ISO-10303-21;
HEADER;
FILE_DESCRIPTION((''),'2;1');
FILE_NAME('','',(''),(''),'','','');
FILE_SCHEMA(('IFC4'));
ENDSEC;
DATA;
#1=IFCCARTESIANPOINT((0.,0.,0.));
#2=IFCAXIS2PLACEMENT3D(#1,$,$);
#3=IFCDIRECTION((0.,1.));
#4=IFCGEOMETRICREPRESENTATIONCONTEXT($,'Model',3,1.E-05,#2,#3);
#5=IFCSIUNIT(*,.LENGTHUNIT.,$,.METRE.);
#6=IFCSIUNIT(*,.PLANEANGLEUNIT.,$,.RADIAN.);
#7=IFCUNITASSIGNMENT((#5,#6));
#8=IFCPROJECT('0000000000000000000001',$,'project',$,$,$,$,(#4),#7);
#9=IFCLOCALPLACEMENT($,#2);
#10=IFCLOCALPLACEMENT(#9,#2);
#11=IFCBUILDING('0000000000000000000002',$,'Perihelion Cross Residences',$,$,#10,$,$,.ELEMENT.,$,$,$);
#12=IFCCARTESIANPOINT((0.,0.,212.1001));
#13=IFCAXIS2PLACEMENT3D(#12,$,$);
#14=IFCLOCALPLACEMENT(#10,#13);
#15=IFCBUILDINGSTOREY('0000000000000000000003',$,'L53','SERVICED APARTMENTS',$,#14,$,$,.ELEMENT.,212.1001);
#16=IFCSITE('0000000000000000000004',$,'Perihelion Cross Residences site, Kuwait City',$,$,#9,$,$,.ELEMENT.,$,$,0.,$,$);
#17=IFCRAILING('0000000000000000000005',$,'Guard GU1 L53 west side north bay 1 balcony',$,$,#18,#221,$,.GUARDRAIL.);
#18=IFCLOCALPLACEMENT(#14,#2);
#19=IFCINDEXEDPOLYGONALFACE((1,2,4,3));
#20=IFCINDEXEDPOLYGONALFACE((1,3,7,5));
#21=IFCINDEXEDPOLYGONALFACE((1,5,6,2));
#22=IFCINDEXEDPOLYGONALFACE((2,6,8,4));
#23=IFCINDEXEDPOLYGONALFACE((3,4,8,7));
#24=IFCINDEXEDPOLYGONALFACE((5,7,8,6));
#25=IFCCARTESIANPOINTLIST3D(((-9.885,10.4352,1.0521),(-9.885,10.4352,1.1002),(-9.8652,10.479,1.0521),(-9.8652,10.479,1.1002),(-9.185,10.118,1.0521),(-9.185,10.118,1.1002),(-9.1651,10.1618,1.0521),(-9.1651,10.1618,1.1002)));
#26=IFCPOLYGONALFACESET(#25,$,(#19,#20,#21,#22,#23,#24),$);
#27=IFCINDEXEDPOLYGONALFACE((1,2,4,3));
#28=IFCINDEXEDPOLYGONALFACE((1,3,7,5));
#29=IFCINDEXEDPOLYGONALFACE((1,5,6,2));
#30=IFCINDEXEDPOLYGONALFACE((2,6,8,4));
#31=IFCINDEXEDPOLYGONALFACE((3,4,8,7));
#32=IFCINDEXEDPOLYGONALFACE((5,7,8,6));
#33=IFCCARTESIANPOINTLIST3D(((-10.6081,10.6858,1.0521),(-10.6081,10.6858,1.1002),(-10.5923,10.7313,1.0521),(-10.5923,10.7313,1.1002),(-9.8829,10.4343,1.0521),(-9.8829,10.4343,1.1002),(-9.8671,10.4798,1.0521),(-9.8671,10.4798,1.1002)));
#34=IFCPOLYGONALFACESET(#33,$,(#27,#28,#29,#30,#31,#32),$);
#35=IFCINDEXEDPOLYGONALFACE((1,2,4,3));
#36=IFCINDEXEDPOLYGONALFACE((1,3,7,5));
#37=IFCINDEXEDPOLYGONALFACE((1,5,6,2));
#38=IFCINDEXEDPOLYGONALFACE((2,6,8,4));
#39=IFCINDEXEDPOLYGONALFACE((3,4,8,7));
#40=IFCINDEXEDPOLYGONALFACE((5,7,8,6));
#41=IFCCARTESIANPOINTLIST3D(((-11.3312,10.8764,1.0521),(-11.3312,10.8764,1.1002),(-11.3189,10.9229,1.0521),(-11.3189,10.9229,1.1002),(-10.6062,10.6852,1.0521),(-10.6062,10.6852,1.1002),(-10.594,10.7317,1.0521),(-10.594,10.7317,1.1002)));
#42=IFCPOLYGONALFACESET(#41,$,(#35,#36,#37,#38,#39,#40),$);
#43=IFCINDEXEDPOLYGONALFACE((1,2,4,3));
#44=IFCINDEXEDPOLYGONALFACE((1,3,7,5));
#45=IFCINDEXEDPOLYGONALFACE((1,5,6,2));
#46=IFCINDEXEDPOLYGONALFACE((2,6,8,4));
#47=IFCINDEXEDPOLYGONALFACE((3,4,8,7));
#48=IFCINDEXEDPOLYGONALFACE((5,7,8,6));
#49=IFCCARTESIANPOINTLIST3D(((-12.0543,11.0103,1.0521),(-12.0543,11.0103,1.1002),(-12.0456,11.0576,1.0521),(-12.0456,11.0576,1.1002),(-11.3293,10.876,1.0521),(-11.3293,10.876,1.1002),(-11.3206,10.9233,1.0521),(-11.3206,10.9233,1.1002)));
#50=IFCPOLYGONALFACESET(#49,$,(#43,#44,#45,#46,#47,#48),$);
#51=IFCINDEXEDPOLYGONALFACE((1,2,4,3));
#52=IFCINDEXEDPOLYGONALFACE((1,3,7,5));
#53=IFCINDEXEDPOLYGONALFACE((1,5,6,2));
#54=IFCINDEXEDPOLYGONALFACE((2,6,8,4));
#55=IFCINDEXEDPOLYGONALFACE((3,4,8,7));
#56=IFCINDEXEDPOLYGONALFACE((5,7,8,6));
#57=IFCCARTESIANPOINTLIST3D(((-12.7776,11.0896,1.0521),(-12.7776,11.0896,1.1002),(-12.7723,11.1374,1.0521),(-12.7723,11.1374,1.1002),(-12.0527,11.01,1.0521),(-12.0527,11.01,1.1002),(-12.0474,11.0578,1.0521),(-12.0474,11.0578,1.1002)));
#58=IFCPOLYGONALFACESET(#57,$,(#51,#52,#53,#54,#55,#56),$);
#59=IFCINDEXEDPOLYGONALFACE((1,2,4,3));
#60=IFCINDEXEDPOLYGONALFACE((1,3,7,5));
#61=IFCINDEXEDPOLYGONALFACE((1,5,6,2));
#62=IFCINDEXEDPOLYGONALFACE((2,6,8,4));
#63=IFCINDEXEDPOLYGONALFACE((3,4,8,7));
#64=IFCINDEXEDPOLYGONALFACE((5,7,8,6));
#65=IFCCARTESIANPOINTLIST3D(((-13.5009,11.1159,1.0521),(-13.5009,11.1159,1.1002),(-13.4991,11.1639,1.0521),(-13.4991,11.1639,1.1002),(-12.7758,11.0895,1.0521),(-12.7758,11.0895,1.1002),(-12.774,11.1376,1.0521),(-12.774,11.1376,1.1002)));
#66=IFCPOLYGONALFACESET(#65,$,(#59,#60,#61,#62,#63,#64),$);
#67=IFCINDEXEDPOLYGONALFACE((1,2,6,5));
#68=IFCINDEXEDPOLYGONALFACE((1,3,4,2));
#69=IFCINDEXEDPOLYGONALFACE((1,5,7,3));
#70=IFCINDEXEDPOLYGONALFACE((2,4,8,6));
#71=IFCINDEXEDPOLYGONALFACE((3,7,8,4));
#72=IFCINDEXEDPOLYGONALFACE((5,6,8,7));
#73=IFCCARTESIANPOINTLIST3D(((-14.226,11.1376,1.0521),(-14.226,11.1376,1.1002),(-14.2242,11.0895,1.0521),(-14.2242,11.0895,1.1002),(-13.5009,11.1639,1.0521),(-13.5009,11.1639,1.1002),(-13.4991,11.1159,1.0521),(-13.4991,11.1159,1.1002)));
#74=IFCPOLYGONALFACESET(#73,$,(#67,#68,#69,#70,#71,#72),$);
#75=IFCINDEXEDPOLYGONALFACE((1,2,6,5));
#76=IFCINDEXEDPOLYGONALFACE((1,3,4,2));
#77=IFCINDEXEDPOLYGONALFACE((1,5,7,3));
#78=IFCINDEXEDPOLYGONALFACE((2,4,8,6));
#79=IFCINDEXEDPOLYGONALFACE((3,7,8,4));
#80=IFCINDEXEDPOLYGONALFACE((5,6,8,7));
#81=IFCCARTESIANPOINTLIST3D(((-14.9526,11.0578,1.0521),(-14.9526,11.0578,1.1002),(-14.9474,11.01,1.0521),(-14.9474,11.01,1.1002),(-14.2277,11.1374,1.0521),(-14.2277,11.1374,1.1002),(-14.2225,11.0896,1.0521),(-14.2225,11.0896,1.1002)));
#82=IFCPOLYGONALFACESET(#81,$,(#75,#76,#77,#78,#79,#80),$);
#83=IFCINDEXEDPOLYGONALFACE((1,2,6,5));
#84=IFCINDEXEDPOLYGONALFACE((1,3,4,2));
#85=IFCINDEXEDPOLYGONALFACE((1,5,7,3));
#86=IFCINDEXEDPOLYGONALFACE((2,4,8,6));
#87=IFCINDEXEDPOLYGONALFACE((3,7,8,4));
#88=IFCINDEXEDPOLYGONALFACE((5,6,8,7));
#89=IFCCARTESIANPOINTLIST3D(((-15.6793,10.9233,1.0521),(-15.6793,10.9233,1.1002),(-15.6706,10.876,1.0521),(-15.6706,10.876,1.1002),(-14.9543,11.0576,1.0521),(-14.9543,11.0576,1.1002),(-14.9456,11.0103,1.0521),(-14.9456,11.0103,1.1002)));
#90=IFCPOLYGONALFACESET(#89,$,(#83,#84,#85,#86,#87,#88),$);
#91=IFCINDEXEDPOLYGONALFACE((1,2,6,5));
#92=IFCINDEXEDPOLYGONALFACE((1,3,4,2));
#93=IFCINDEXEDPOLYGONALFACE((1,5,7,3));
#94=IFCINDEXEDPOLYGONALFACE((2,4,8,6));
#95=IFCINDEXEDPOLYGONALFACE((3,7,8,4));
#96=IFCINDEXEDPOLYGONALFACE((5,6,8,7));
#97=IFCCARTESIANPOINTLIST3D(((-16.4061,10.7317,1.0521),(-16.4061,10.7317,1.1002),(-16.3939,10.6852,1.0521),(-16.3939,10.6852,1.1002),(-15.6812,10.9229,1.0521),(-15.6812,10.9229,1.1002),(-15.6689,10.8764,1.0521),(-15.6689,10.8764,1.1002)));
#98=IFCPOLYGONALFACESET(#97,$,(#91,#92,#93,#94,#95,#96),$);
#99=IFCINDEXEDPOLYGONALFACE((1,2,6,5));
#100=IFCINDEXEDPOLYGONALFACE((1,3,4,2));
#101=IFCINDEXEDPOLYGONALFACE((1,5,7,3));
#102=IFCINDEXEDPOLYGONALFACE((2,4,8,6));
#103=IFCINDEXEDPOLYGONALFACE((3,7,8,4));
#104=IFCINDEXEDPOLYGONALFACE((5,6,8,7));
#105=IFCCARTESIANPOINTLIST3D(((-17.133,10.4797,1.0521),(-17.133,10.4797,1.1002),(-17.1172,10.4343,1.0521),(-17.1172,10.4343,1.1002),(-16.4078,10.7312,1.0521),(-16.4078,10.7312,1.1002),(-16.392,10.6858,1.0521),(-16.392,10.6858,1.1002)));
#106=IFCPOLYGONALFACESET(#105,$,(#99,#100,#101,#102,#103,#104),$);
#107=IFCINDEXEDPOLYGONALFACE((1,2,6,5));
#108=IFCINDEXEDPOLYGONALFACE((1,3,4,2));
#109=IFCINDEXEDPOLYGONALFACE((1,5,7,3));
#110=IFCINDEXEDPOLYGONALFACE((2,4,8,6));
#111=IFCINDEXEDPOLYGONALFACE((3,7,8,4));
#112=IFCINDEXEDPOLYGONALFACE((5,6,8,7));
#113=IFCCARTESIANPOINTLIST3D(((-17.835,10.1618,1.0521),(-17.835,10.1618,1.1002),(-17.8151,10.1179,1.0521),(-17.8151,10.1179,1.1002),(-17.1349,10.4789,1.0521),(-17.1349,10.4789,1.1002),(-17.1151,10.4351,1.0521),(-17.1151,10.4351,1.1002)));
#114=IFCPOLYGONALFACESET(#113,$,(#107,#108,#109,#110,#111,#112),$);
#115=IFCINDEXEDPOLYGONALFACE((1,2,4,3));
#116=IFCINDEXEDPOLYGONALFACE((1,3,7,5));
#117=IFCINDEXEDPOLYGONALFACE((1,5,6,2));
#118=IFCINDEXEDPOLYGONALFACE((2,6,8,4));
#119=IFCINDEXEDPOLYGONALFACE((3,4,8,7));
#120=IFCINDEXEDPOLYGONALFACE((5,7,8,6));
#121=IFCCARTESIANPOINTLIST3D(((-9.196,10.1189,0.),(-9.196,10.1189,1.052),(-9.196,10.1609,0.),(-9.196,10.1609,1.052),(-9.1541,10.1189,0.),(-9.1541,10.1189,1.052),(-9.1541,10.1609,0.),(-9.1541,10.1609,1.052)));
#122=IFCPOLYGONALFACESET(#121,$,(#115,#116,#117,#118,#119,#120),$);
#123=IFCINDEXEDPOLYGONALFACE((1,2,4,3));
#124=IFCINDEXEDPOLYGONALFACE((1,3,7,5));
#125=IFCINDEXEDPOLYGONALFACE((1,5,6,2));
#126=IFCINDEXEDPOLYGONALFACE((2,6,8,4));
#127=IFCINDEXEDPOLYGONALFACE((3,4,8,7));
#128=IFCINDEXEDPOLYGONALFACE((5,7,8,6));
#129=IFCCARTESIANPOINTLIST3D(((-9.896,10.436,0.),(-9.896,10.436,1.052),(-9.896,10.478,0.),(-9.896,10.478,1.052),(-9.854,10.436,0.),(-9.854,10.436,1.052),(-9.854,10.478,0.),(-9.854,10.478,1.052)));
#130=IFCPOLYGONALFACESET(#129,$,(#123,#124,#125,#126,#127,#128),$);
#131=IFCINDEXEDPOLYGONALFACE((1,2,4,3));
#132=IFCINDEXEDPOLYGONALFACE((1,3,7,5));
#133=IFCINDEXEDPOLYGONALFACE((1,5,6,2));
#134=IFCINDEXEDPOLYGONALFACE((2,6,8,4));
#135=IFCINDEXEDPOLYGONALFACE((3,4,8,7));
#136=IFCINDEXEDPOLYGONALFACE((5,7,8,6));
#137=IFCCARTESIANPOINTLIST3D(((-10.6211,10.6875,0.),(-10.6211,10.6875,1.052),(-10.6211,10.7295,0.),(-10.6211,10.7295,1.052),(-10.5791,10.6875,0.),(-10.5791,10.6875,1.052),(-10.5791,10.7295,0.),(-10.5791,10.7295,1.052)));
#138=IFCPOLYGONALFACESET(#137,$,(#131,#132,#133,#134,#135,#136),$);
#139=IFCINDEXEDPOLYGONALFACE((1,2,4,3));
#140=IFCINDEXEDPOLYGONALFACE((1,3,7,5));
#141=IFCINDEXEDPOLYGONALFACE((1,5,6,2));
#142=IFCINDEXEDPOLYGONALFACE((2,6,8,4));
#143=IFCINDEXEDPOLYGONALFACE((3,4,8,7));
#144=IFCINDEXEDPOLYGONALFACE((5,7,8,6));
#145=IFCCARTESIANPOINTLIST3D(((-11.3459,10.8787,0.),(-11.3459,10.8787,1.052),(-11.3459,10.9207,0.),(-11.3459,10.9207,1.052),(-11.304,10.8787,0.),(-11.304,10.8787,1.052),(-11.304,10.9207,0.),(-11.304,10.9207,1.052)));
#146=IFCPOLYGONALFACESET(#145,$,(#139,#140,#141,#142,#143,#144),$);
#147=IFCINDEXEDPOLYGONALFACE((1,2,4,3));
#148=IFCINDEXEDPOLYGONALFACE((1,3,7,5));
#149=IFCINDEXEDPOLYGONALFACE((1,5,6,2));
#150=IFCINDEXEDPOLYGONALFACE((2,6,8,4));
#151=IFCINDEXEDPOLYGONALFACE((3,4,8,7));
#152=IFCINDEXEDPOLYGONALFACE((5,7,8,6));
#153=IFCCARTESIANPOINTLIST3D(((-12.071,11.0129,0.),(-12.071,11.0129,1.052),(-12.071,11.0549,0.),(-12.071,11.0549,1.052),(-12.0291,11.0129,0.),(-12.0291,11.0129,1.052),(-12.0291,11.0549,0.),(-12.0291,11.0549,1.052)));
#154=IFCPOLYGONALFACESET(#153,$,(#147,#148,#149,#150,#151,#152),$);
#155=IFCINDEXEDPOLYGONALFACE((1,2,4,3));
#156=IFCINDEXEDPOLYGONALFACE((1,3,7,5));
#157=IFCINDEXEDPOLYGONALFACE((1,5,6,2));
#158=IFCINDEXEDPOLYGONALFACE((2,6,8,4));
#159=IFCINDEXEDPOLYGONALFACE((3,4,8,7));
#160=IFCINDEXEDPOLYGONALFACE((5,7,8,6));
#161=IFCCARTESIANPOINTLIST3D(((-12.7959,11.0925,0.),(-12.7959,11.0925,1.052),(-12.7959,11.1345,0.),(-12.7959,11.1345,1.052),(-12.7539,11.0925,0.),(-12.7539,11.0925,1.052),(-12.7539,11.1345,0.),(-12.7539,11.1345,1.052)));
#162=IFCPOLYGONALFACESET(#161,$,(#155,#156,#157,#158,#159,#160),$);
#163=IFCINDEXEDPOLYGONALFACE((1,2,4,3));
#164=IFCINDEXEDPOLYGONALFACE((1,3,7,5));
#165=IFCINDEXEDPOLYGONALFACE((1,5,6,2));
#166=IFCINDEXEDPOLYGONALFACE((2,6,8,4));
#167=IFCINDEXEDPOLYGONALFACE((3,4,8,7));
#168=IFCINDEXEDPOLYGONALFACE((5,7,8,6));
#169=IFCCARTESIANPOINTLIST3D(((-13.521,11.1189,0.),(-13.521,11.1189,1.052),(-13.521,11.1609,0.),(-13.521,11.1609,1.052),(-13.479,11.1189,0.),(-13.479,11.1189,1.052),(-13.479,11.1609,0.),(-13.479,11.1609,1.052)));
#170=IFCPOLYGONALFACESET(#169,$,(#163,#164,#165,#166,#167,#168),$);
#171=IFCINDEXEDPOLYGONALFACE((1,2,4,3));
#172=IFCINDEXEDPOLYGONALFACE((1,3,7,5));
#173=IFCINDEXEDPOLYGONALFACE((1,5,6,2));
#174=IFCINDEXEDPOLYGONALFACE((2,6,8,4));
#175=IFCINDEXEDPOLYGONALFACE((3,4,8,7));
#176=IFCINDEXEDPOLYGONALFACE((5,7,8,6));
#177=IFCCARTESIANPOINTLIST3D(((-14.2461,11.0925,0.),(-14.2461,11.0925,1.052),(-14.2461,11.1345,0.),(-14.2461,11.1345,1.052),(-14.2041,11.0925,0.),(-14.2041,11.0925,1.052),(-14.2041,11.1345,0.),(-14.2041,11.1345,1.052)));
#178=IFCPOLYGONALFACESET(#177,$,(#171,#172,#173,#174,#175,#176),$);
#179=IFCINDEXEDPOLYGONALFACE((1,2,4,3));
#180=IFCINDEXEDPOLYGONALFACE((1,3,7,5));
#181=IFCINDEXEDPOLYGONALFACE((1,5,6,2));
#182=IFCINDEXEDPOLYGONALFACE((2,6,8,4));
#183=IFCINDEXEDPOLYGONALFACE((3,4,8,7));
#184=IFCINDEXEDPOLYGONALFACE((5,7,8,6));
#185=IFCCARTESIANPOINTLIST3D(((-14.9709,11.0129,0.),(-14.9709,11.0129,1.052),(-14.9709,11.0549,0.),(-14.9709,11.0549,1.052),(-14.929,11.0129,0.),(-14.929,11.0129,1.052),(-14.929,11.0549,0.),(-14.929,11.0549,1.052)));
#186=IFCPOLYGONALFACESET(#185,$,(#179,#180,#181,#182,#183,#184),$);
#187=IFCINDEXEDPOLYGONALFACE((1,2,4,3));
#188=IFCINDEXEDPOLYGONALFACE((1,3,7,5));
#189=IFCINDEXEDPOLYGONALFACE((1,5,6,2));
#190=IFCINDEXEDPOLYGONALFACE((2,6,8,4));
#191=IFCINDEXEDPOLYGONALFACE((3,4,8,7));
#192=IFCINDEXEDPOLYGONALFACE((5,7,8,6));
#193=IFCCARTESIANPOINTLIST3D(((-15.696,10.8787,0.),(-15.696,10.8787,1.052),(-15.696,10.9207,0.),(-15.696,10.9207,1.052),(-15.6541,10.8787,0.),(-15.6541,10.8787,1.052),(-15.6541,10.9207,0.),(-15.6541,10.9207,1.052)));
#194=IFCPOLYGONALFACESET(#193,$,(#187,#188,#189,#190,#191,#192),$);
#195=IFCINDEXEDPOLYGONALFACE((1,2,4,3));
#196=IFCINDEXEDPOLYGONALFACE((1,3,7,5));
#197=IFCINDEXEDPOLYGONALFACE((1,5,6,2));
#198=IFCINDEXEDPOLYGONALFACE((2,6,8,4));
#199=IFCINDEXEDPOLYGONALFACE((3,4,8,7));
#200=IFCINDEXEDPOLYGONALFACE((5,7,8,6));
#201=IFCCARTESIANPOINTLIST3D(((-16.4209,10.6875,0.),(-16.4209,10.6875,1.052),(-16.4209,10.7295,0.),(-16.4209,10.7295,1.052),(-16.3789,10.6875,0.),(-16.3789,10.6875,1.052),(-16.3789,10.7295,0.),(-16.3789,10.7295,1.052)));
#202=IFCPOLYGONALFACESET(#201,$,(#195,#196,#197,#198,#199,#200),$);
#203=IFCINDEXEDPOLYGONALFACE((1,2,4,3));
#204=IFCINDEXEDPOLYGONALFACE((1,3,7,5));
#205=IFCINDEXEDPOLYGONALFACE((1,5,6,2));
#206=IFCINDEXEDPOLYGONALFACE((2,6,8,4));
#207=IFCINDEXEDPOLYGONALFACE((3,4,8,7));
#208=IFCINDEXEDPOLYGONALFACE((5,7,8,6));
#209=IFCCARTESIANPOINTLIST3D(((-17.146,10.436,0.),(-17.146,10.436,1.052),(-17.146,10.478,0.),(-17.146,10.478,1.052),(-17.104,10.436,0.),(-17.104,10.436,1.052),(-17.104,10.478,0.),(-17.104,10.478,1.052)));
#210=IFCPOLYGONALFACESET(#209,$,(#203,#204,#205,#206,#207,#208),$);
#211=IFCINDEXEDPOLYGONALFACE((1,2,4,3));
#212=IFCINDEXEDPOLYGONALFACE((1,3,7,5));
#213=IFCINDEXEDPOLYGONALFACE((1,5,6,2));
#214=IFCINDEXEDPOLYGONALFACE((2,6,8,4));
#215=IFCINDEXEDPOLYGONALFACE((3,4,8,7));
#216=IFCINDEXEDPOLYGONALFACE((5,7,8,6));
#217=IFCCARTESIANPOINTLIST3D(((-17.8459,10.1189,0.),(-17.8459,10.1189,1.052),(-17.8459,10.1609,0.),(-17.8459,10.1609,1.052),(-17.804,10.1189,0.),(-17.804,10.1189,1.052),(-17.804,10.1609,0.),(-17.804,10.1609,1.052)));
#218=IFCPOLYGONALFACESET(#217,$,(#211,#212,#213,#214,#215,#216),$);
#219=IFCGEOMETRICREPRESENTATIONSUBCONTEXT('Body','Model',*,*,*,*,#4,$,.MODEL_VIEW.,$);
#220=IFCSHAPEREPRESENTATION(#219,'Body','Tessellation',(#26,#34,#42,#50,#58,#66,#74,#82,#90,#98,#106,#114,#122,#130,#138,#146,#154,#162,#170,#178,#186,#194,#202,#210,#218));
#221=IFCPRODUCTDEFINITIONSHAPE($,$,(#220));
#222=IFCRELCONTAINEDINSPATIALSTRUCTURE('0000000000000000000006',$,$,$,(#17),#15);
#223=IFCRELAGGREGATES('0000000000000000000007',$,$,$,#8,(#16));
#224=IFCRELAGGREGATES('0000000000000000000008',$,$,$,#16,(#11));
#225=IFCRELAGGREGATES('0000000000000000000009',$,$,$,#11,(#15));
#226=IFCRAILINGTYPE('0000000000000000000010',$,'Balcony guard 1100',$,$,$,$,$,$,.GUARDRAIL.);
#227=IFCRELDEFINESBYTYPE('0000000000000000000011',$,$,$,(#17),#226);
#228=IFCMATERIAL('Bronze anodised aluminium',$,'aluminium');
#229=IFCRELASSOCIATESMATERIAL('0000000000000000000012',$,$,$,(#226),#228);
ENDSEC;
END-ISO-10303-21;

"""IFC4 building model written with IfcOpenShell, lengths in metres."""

from ifc_helpers import new_model, si_unit, direction, frame, origin, origin_2d, place, context, subcontext, project, spatial, rectangle, extrude, material, type_object, element, save


model = new_model("IFC4")

# Units and contexts
model_context = context("Model", 3, precision=1e-05, world=origin(), true_north=direction((0.0, 1.0)))
body_context = subcontext(model_context, "Body", "Model", "MODEL_VIEW")
ifc_project = project(units=[si_unit("LENGTHUNIT", "METRE"), si_unit("PLANEANGLEUNIT", "RADIAN")], contexts=[model_context])

# Site, building, storey
site_placement = place(None, origin())
site = spatial("IfcSite", under=ifc_project, at=site_placement, Name="Perihelion Cross Residences site, Kuwait City", CompositionType="ELEMENT", RefElevation=0.0)
building_placement = place(site_placement, origin())
building = spatial("IfcBuilding", under=site, at=building_placement, Name="Perihelion Cross Residences", CompositionType="ELEMENT")
storey_placement = place(building_placement, frame((0.0, 0.0, 212.1001)))
storey = spatial("IfcBuildingStorey", under=building, at=storey_placement, Name="L53", Description="SERVICED APARTMENTS", CompositionType="ELEMENT", Elevation=212.1001)

# Railing
ifc_material_1 = material(Name="Bronze anodised aluminium", Category="aluminium")
railing_type = type_object("IfcRailingType", Name="Balcony guard 1100", PredefinedType="GUARDRAIL", material=ifc_material_1)
railing_1_placement = place(storey_placement, frame((-9.175, 10.1399, 0.0)))
element("IfcRailing", 1, at=railing_1_placement, inside=storey, type_object=railing_type, Name="Guard GU1 L53 west side north bay 1 balcony", PredefinedType="GUARDRAIL", context=body_context, shape_type="SweptSolid", body=[
    extrude(rectangle(XDim=0.0481, YDim=0.0481, at=origin_2d()), frame((0.0, 0.0, 1.0762), z_axis=(-0.910866, 0.412702, 0.0), x_axis=(-0.412702, -0.910866, 0.0)), (0.0, 0.0, 1.0), 0.7686),
    extrude(rectangle(XDim=0.0481, YDim=0.0481, at=origin_2d()), frame((-0.7, 0.3171, 1.0762), z_axis=(-0.944797, 0.327657, 0.0), x_axis=(-0.327657, -0.944797, 0.0)), (0.0, 0.0, 1.0), 0.7676),
    extrude(rectangle(XDim=0.0481, YDim=0.0481, at=origin_2d()), frame((-1.425, 0.5686, 1.0762), z_axis=(-0.966939, 0.255006, 0.0), x_axis=(-0.255006, -0.966939, 0.0)), (0.0, 0.0, 1.0), 0.7498),
    extrude(rectangle(XDim=0.0481, YDim=0.0481, at=origin_2d()), frame((-2.1499, 0.7598, 1.0762), z_axis=(-0.983282, 0.182089, 0.0), x_axis=(-0.182089, -0.983282, 0.0)), (0.0, 0.0, 1.0), 0.7373),
    extrude(rectangle(XDim=0.0481, YDim=0.0481, at=origin_2d()), frame((-2.875, 0.894, 1.0762), z_axis=(-0.994026, 0.109145, 0.0), x_axis=(-0.109145, -0.994026, 0.0)), (0.0, 0.0, 1.0), 0.7292),
    extrude(rectangle(XDim=0.0481, YDim=0.0481, at=origin_2d()), frame((-3.5999, 0.9736, 1.0762), z_axis=(-0.999339, 0.03634, 0.0), x_axis=(-0.03634, -0.999339, 0.0)), (0.0, 0.0, 1.0), 0.7256),
    extrude(rectangle(XDim=0.0481, YDim=0.0481, at=origin_2d()), frame((-4.325, 1.0, 1.0762), z_axis=(-0.999339, -0.03634, 0.0), x_axis=(0.03634, -0.999339, 0.0)), (0.0, 0.0, 1.0), 0.7256),
    extrude(rectangle(XDim=0.0481, YDim=0.0481, at=origin_2d()), frame((-5.05, 0.9736, 1.0762), z_axis=(-0.994026, -0.109145, 0.0), x_axis=(0.109145, -0.994026, 0.0)), (0.0, 0.0, 1.0), 0.7292),
    extrude(rectangle(XDim=0.0481, YDim=0.0481, at=origin_2d()), frame((-5.7749, 0.894, 1.0762), z_axis=(-0.983282, -0.182089, 0.0), x_axis=(0.182089, -0.983282, 0.0)), (0.0, 0.0, 1.0), 0.7373),
    extrude(rectangle(XDim=0.0481, YDim=0.0481, at=origin_2d()), frame((-6.5, 0.7598, 1.0762), z_axis=(-0.966939, -0.255006, 0.0), x_axis=(0.255006, -0.966939, 0.0)), (0.0, 0.0, 1.0), 0.7498),
    extrude(rectangle(XDim=0.0481, YDim=0.0481, at=origin_2d()), frame((-7.2249, 0.5686, 1.0762), z_axis=(-0.944797, -0.327657, 0.0), x_axis=(0.327657, -0.944797, 0.0)), (0.0, 0.0, 1.0), 0.7676),
    extrude(rectangle(XDim=0.0481, YDim=0.0481, at=origin_2d()), frame((-7.95, 0.3171, 1.0762), z_axis=(-0.910866, -0.412702, 0.0), x_axis=(0.412702, -0.910866, 0.0)), (0.0, 0.0, 1.0), 0.7686),
    extrude(rectangle(XDim=0.042, YDim=0.042, at=origin_2d()), origin(), (0.0, 0.0, 1.0), 1.052),
    extrude(rectangle(XDim=0.042, YDim=0.042, at=origin_2d()), frame((-0.7, 0.3171, 0.0)), (0.0, 0.0, 1.0), 1.052),
    extrude(rectangle(XDim=0.042, YDim=0.042, at=origin_2d()), frame((-1.425, 0.5686, 0.0)), (0.0, 0.0, 1.0), 1.052),
    extrude(rectangle(XDim=0.042, YDim=0.042, at=origin_2d()), frame((-2.1499, 0.7598, 0.0)), (0.0, 0.0, 1.0), 1.052),
    extrude(rectangle(XDim=0.042, YDim=0.042, at=origin_2d()), frame((-2.875, 0.894, 0.0)), (0.0, 0.0, 1.0), 1.052),
    extrude(rectangle(XDim=0.042, YDim=0.042, at=origin_2d()), frame((-3.5999, 0.9736, 0.0)), (0.0, 0.0, 1.0), 1.052),
    extrude(rectangle(XDim=0.042, YDim=0.042, at=origin_2d()), frame((-4.325, 1.0, 0.0)), (0.0, 0.0, 1.0), 1.052),
    extrude(rectangle(XDim=0.042, YDim=0.042, at=origin_2d()), frame((-5.05, 0.9736, 0.0)), (0.0, 0.0, 1.0), 1.052),
    extrude(rectangle(XDim=0.042, YDim=0.042, at=origin_2d()), frame((-5.7749, 0.894, 0.0)), (0.0, 0.0, 1.0), 1.052),
    extrude(rectangle(XDim=0.042, YDim=0.042, at=origin_2d()), frame((-6.5, 0.7598, 0.0)), (0.0, 0.0, 1.0), 1.052),
    extrude(rectangle(XDim=0.042, YDim=0.042, at=origin_2d()), frame((-7.2249, 0.5686, 0.0)), (0.0, 0.0, 1.0), 1.052),
    extrude(rectangle(XDim=0.042, YDim=0.042, at=origin_2d()), frame((-7.95, 0.3171, 0.0)), (0.0, 0.0, 1.0), 1.052),
    extrude(rectangle(XDim=0.042, YDim=0.042, at=origin_2d()), frame((-8.6499, 0.0, 0.0)), (0.0, 0.0, 1.0), 1.052),
])

save(model, "model.ifc")
